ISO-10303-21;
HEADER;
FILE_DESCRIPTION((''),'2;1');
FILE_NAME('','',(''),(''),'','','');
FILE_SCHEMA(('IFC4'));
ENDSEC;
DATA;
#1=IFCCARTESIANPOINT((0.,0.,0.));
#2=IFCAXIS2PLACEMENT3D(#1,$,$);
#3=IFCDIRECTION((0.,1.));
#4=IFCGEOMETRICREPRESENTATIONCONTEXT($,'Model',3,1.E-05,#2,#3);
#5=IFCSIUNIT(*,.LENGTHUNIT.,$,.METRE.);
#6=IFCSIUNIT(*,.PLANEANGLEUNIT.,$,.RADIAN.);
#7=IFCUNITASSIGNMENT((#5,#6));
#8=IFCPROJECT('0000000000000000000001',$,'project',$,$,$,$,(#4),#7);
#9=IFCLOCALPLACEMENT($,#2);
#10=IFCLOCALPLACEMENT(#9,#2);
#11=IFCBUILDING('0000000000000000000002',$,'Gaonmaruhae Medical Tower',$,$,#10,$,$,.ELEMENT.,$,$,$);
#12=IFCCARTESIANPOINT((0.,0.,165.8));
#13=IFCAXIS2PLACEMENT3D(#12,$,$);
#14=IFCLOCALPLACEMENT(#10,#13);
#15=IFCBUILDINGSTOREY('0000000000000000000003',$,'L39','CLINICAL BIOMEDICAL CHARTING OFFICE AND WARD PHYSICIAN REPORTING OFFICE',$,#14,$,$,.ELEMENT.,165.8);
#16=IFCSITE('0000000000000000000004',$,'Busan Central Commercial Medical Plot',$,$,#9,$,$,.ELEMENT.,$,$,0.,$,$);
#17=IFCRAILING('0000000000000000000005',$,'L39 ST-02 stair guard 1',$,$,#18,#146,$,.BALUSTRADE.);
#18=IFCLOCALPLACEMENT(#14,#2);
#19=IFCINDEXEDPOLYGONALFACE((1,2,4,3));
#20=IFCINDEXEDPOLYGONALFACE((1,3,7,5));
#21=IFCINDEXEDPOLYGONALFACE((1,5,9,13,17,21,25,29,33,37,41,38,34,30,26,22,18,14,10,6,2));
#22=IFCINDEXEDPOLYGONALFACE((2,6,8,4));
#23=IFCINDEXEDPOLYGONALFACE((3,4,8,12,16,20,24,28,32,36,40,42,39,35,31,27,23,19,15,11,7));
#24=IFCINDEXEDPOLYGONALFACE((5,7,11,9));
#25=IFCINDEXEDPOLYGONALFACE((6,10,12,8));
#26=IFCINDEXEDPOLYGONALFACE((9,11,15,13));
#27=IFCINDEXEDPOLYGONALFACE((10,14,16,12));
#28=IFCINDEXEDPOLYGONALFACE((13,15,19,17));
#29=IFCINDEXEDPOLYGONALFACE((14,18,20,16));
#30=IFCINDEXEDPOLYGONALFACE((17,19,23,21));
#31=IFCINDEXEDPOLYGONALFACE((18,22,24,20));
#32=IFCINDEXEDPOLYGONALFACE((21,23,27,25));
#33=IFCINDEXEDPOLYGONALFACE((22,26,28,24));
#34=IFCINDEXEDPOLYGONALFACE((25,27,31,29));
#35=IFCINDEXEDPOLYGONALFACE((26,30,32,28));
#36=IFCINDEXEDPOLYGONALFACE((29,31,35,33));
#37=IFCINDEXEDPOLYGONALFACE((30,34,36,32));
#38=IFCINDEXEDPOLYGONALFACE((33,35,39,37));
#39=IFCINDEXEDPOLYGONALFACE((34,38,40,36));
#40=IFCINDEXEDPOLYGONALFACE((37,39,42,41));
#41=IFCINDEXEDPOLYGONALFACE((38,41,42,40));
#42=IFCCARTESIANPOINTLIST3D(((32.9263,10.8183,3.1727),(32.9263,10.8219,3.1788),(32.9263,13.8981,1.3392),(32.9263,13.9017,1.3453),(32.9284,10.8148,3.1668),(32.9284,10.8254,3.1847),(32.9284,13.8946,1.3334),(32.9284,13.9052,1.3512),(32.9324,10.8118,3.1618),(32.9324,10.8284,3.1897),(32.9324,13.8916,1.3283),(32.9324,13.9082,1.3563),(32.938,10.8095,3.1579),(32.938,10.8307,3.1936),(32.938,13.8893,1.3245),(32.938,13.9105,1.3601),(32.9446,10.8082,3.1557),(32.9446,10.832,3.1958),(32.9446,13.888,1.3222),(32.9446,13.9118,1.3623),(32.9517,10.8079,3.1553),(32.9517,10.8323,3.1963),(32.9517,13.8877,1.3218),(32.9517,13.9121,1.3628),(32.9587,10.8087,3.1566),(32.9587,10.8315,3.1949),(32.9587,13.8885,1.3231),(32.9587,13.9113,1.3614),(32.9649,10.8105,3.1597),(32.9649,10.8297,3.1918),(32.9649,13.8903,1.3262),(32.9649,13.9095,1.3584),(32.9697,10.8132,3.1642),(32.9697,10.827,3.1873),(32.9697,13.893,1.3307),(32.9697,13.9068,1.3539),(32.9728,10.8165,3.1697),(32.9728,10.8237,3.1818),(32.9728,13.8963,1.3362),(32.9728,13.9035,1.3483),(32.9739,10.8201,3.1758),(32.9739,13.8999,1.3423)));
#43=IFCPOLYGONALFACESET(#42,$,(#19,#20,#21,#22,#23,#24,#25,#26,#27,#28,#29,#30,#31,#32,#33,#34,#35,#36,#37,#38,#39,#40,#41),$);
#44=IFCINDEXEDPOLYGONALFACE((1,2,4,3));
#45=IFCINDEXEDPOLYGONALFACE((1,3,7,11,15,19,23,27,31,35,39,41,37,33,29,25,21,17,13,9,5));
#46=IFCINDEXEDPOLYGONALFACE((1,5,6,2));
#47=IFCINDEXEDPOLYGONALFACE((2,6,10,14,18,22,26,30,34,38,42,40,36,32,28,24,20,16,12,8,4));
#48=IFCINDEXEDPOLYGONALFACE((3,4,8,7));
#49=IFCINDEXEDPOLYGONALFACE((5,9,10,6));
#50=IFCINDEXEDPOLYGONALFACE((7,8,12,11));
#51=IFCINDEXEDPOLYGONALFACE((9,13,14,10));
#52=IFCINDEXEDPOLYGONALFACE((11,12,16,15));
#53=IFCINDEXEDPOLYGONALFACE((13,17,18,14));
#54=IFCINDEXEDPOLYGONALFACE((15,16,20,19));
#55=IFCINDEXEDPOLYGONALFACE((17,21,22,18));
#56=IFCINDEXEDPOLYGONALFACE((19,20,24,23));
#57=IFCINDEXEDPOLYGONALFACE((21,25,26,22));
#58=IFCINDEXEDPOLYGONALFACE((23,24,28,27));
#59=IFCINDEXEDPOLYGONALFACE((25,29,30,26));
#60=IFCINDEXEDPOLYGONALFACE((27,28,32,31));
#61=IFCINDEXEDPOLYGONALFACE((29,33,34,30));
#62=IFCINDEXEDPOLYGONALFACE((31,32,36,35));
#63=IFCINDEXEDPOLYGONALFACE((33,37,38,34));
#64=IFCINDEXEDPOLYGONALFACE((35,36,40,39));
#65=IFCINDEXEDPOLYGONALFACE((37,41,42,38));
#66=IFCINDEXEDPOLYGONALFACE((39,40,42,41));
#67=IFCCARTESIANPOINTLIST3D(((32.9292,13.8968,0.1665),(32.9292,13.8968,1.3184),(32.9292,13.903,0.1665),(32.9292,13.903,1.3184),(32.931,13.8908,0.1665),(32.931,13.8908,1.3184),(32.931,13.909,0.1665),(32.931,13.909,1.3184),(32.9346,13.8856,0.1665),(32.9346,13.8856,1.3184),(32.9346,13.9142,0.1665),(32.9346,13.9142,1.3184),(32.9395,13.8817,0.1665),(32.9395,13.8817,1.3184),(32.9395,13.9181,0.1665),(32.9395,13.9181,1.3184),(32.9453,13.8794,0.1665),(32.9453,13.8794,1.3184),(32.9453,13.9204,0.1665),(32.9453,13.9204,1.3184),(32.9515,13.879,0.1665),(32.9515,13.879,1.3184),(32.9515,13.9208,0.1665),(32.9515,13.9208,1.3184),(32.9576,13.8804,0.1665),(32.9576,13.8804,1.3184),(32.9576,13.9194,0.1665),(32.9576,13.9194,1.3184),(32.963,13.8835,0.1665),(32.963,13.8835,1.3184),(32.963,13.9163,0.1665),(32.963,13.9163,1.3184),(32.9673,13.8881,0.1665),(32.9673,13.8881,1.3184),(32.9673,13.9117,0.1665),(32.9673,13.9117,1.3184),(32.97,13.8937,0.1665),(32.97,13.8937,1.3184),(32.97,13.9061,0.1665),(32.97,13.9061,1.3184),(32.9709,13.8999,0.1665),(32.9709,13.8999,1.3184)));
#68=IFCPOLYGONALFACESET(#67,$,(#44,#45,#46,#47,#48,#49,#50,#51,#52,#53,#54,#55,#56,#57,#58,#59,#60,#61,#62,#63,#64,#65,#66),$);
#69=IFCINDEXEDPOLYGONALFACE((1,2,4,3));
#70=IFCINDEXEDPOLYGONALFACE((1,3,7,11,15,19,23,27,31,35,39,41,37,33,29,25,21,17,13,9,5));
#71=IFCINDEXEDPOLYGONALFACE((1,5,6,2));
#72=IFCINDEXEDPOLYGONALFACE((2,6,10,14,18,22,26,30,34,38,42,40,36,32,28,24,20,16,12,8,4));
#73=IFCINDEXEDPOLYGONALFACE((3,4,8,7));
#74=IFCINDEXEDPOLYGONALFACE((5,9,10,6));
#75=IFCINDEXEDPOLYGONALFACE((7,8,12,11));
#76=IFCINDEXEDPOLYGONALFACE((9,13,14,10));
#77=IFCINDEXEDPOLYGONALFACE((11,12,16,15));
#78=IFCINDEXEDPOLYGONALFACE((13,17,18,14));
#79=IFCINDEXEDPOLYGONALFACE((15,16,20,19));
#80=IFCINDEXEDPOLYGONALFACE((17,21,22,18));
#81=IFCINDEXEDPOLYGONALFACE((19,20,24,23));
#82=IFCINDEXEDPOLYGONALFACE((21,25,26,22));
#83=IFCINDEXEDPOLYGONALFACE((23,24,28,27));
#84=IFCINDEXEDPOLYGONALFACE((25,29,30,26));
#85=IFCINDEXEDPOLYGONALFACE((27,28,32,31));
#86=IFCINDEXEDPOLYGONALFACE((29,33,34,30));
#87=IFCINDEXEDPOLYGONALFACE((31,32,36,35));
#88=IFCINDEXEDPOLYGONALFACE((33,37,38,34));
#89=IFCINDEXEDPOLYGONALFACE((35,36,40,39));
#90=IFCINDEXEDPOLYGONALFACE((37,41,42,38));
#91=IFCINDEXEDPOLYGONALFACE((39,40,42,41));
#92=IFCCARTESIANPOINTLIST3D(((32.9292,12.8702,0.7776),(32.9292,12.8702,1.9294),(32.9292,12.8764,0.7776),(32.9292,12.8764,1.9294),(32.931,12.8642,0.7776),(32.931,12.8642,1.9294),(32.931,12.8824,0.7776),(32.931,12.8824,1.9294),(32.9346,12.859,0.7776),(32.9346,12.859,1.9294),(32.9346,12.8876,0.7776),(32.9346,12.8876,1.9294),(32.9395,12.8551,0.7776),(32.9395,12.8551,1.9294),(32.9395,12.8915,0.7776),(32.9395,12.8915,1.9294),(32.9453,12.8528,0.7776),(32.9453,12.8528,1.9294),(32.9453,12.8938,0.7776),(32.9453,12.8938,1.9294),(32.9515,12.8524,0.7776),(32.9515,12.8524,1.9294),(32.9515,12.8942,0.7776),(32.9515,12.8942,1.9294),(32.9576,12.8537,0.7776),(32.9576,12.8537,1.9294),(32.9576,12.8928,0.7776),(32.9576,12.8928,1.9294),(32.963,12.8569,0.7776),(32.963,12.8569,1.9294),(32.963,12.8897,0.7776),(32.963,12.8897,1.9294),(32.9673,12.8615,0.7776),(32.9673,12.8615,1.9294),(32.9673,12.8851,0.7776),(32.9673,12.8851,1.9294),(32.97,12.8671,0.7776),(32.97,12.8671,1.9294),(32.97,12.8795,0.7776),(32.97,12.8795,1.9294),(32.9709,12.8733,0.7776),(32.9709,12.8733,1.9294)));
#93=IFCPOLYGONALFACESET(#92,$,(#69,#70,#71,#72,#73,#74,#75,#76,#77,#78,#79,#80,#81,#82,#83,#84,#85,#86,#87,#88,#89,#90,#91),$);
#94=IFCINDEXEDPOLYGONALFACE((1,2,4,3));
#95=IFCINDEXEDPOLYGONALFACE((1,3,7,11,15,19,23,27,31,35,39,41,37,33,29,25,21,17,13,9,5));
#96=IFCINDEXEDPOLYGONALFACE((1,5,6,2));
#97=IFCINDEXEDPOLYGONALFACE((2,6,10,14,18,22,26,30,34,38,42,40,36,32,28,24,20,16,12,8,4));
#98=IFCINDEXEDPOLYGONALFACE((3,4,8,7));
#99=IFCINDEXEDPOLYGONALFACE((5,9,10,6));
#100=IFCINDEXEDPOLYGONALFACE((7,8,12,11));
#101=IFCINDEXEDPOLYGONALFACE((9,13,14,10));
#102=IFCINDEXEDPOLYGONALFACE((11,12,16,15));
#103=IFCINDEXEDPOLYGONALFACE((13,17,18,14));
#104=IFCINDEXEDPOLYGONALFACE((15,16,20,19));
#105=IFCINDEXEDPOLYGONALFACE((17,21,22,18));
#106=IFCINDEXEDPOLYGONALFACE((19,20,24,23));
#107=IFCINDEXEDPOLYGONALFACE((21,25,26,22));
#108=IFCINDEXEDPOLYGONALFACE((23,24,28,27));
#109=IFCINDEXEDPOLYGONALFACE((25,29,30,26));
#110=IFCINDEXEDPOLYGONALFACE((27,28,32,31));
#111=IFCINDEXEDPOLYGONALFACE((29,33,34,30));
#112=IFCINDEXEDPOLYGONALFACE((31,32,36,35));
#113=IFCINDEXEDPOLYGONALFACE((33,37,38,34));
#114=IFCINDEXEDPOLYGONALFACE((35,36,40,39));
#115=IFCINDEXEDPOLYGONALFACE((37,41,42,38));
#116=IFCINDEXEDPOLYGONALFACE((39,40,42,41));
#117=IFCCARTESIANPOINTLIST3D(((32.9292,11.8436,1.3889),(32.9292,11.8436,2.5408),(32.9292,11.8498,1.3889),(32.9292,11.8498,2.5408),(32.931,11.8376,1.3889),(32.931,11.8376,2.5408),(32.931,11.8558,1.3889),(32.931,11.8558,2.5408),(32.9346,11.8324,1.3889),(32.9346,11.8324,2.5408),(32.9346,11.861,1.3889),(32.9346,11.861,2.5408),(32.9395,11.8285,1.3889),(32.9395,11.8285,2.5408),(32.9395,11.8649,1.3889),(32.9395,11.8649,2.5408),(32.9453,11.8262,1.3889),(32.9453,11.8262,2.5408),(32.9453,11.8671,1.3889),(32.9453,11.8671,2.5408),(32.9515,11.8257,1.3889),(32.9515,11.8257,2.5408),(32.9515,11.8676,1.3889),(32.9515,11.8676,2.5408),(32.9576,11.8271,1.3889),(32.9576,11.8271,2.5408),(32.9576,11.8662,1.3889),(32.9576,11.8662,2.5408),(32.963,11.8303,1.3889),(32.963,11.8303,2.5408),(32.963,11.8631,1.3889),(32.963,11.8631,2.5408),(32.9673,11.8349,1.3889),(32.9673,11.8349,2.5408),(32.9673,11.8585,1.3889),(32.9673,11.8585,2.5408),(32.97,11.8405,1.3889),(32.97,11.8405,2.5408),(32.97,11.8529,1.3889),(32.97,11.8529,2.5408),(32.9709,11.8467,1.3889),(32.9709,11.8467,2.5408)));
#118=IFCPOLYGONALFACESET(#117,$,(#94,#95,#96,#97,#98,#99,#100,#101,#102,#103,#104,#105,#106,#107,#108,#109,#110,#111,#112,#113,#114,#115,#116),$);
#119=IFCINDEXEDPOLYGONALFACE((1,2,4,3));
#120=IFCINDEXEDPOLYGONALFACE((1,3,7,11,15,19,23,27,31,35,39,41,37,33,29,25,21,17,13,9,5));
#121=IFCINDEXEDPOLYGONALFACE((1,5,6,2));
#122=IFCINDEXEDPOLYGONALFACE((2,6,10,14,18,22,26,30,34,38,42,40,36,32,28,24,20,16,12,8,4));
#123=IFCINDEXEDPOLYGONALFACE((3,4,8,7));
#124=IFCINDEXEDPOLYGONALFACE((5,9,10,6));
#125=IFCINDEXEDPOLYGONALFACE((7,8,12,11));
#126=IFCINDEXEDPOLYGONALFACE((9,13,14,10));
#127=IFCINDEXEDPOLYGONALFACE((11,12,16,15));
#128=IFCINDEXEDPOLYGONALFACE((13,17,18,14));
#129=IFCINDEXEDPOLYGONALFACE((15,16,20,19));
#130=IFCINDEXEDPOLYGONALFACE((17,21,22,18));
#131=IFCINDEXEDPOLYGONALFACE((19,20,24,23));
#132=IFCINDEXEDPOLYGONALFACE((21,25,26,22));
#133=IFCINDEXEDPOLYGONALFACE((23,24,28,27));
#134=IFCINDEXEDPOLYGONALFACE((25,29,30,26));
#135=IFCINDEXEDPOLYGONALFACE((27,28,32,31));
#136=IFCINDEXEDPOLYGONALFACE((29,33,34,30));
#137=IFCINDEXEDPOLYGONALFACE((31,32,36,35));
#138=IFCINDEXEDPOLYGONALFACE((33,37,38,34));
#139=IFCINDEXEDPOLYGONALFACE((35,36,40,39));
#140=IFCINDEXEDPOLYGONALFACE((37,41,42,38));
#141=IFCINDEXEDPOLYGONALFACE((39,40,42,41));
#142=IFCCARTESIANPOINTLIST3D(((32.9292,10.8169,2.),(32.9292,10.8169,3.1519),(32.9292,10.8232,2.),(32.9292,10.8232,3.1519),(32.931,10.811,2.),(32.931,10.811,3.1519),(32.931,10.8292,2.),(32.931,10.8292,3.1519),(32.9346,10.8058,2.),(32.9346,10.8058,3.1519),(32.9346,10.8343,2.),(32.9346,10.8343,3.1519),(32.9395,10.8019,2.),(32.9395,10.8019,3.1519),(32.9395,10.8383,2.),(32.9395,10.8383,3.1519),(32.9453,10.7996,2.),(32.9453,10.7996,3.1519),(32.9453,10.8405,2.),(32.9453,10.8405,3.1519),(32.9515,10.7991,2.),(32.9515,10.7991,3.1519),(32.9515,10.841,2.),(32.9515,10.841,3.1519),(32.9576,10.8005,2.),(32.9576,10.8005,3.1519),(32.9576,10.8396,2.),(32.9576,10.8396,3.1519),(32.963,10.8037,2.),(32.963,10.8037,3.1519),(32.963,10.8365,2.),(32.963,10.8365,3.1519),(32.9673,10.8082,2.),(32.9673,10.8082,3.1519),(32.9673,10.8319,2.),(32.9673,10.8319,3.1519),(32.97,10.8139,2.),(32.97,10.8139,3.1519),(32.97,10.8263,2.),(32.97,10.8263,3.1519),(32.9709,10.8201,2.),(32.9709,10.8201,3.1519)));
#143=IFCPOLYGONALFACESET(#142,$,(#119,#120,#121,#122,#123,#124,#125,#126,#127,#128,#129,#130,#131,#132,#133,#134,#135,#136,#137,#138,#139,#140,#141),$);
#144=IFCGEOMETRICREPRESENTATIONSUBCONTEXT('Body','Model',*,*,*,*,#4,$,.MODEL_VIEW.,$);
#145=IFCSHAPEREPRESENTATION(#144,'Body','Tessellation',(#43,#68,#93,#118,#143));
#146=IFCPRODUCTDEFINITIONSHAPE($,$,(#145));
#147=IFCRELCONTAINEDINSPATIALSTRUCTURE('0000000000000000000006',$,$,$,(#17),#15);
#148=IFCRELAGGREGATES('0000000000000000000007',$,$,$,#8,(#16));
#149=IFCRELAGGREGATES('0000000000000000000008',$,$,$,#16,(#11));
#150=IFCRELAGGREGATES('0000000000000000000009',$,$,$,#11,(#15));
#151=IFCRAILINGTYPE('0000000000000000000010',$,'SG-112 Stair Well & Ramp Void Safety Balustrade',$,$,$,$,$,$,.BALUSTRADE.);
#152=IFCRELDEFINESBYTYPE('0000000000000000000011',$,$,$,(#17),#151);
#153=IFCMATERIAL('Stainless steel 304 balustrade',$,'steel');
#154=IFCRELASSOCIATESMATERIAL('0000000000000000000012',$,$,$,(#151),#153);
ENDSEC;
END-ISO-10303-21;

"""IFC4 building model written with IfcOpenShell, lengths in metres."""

from ifc_helpers import new_model, si_unit, direction, frame, origin, origin_2d, place, context, subcontext, project, spatial, circle, extrude, material, type_object, element, save


model = new_model("IFC4")

# Units and contexts
model_context = context("Model", 3, precision=1e-05, world=origin(), true_north=direction((0.0, 1.0)))
body_context = subcontext(model_context, "Body", "Model", "MODEL_VIEW")
ifc_project = project(units=[si_unit("LENGTHUNIT", "METRE"), si_unit("PLANEANGLEUNIT", "RADIAN")], contexts=[model_context])

# Site, building, storey
site_placement = place(None, origin())
site = spatial("IfcSite", under=ifc_project, at=site_placement, Name="Busan Central Commercial Medical Plot", CompositionType="ELEMENT", RefElevation=0.0)
building_placement = place(site_placement, origin())
building = spatial("IfcBuilding", under=site, at=building_placement, Name="Gaonmaruhae Medical Tower", CompositionType="ELEMENT")
storey_placement = place(building_placement, frame((0.0, 0.0, 165.8)))
storey = spatial("IfcBuildingStorey", under=building, at=storey_placement, Name="L39", Description="CLINICAL BIOMEDICAL CHARTING OFFICE AND WARD PHYSICIAN REPORTING OFFICE", CompositionType="ELEMENT", Elevation=165.8)

# Railing
ifc_material_1 = material(Name="Stainless steel 304 balustrade", Category="steel")
railing_type_1 = type_object("IfcRailingType", Name="SG-112 Stair Well & Ramp Void Safety Balustrade", PredefinedType="BALUSTRADE", material=ifc_material_1)
railing_1_placement = place(storey_placement, frame((32.95, 13.8999, 0.1665)))
element("IfcRailing", 1, at=railing_1_placement, inside=storey, type_object=railing_type_1, Name="L39 ST-02 stair guard 1", PredefinedType="BALUSTRADE", context=body_context, shape_type="SweptSolid", body=[
    extrude(circle(Radius=0.0239, at=origin_2d()), frame((0.0, 0.0, 1.1758), z_axis=(0.0, -0.859261, 0.511538), x_axis=(1.0, 0.0, 0.0)), (0.0, 0.0, 1.0), 3.5842),
    extrude(circle(Radius=0.021, at=origin_2d()), origin(), (0.0, 0.0, 1.0), 1.1519),
    extrude(circle(Radius=0.021, at=origin_2d()), frame((0.0, -1.0266, 0.6111)), (0.0, 0.0, 1.0), 1.1519),
    extrude(circle(Radius=0.021, at=origin_2d()), frame((0.0, -2.0532, 1.2224)), (0.0, 0.0, 1.0), 1.1519),
    extrude(circle(Radius=0.021, at=origin_2d()), frame((0.0, -3.0798, 1.8335)), (0.0, 0.0, 1.0), 1.1519),
])

save(model, "model.ifc")
